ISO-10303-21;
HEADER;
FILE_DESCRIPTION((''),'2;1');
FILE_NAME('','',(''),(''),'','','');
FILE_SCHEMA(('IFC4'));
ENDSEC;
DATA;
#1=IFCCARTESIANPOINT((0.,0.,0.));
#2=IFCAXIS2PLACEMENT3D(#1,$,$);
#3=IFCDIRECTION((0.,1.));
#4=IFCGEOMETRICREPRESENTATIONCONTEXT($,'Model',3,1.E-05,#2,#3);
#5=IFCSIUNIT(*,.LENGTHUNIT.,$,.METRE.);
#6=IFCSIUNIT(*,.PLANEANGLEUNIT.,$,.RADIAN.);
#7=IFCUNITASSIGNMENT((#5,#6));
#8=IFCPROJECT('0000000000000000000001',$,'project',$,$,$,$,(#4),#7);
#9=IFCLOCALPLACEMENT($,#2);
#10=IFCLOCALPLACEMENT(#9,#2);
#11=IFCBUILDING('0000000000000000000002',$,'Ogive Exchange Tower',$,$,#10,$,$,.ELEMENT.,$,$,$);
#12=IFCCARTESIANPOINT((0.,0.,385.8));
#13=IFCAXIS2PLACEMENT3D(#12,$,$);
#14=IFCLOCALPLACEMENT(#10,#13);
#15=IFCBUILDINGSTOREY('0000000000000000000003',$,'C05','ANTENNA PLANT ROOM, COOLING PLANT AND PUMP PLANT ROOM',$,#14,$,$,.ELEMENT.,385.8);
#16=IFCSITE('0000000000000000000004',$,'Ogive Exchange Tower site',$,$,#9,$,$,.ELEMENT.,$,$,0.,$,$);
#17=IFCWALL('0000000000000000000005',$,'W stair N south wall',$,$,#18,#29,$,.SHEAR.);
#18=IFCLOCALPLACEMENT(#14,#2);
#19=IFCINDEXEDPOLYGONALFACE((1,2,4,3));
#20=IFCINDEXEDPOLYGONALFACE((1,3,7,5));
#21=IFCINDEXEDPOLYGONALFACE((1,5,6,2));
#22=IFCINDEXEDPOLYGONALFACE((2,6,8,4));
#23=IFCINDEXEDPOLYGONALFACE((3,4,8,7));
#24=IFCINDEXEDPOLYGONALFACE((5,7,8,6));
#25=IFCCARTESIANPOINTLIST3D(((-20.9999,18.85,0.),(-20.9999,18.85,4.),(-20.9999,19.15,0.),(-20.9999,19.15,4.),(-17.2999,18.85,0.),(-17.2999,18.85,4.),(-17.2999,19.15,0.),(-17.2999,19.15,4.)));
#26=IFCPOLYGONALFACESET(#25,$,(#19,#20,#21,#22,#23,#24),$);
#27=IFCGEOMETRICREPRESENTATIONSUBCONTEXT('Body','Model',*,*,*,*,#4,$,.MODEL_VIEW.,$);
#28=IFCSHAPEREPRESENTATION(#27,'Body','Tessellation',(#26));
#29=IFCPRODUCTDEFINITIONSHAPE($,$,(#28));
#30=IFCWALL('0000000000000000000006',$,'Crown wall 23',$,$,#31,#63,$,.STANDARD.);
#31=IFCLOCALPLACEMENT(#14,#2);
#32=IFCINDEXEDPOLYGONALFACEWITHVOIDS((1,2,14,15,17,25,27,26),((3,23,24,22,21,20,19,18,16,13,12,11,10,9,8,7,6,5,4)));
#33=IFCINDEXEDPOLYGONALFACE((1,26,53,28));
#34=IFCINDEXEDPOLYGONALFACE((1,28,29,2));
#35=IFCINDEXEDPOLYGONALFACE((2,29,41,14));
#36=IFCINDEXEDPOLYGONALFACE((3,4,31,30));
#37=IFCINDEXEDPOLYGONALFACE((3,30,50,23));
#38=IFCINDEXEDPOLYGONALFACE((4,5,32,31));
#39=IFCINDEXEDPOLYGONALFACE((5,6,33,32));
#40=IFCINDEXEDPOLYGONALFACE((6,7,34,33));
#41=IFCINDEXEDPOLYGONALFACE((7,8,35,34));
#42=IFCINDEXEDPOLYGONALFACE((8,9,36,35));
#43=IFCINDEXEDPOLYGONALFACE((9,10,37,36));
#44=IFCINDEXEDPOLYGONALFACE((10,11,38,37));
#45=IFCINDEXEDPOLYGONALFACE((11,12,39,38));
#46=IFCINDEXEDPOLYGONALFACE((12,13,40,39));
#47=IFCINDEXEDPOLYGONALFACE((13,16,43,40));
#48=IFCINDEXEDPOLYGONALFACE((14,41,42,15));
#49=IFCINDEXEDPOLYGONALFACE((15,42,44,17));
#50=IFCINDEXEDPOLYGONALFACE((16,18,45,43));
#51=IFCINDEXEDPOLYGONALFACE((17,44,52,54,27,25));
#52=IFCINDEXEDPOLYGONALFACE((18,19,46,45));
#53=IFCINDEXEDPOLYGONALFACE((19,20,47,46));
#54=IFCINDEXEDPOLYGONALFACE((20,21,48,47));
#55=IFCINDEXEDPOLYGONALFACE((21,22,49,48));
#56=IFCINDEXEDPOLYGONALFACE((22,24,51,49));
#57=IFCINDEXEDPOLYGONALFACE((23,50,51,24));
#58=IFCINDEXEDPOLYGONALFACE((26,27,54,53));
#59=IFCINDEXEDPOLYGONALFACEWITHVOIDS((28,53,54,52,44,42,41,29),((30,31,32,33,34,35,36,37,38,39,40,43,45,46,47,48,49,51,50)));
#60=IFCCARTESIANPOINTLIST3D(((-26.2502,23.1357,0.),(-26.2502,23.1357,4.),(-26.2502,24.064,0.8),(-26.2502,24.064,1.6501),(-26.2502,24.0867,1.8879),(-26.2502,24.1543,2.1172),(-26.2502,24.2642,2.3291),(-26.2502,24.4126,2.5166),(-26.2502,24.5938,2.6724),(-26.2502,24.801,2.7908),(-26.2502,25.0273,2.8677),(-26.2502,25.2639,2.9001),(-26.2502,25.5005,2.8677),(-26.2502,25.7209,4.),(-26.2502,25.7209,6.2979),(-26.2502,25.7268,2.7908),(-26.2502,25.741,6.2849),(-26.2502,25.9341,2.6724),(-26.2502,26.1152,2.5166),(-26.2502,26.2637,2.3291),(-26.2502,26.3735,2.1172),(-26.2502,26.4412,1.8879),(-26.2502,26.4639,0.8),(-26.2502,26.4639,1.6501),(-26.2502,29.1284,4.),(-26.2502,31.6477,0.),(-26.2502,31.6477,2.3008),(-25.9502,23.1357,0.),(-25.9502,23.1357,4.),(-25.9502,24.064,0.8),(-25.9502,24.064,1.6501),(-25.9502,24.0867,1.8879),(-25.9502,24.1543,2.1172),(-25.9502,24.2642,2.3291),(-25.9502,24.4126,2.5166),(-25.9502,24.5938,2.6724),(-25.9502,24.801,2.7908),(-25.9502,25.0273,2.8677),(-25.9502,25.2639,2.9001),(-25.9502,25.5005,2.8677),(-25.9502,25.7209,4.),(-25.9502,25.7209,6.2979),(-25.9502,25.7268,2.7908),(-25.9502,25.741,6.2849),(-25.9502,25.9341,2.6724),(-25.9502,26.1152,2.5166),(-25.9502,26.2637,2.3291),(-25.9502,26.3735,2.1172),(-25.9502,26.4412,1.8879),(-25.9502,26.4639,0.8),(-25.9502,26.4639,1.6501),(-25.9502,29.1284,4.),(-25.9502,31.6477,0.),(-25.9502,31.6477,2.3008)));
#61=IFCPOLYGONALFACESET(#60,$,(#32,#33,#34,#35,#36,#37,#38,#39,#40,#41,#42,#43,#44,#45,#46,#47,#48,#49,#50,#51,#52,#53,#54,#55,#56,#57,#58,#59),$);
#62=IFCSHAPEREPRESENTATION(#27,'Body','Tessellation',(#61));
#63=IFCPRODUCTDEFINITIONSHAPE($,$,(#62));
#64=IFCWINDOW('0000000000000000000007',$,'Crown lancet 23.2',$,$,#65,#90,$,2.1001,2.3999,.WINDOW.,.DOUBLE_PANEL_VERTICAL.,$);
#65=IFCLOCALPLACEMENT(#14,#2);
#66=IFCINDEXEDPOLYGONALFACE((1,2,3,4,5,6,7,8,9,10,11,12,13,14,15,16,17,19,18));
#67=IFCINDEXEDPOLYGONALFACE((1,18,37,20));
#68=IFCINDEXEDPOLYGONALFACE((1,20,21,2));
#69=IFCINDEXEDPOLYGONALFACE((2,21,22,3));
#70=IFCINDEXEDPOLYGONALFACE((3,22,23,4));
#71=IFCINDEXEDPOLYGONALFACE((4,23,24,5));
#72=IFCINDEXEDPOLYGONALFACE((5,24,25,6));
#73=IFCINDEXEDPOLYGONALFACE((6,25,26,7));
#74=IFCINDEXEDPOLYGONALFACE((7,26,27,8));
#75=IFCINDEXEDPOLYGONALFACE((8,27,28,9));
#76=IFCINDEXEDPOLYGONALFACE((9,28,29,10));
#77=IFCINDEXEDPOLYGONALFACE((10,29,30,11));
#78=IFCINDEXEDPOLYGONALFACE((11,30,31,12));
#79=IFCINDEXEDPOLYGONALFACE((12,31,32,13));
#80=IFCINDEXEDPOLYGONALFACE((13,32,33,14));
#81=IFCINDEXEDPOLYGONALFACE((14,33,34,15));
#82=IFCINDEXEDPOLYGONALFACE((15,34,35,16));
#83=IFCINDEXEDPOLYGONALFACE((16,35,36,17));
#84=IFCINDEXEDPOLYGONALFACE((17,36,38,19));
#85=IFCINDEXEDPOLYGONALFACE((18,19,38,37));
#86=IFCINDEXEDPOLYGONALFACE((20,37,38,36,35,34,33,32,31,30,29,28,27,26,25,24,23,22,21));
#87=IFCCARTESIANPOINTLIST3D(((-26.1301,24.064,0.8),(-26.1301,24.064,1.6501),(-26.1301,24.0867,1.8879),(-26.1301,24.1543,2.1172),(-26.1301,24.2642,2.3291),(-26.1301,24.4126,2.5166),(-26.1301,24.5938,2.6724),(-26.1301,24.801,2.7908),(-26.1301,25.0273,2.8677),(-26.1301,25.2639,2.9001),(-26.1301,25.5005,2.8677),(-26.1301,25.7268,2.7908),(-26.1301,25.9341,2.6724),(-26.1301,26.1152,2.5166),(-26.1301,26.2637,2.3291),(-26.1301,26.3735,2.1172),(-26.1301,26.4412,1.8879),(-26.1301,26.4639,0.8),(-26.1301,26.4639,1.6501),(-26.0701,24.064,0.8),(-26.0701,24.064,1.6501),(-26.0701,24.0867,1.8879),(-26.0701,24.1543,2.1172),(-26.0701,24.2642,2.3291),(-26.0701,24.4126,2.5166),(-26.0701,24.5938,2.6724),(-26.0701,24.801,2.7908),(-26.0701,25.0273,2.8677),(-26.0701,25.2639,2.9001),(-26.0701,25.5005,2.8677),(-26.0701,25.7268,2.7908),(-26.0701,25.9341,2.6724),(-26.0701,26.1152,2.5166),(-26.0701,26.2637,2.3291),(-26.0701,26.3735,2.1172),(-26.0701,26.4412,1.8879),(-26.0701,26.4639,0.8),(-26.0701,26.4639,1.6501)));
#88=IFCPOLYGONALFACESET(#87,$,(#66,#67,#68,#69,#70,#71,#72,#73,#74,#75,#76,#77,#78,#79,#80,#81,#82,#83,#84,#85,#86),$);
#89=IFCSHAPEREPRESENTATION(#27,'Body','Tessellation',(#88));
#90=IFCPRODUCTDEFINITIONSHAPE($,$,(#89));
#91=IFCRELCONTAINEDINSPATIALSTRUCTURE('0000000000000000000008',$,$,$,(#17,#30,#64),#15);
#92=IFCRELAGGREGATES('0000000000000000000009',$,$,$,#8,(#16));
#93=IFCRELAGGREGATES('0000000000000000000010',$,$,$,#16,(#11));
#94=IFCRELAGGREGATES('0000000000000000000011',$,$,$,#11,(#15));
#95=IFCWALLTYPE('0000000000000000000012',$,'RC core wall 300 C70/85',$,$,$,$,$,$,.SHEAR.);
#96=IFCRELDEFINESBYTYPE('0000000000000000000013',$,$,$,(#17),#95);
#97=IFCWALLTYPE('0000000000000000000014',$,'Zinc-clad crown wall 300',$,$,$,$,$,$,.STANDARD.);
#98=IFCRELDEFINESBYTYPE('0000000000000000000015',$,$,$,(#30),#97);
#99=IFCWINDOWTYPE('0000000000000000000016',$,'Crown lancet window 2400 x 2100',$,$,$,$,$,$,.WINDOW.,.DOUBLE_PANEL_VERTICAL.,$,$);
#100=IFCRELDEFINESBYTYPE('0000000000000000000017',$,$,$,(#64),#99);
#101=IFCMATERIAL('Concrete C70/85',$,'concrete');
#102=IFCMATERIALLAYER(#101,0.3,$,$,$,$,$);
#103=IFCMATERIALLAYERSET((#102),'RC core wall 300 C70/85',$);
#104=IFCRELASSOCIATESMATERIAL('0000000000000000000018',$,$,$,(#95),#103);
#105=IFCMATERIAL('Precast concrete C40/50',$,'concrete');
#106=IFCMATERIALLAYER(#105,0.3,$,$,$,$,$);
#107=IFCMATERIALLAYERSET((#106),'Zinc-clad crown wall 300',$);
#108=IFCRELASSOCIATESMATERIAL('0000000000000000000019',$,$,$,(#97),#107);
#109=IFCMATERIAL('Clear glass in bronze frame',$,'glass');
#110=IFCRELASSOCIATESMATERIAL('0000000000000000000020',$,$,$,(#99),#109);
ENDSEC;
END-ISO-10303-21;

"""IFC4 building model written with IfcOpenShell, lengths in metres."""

from ifc_helpers import new_model, si_unit, direction, frame, frame_2d, origin, place, context, subcontext, project, spatial, polyline, rectangle, outline, extrude, material, layer, layer_set, type_object, element, fill, save


model = new_model("IFC4")

# Units and contexts
model_context = context("Model", 3, precision=1e-05, world=origin(), true_north=direction((0.0, 1.0)))
body_context = subcontext(model_context, "Body", "Model", "MODEL_VIEW")
ifc_project = project(units=[si_unit("LENGTHUNIT", "METRE"), si_unit("PLANEANGLEUNIT", "RADIAN")], contexts=[model_context])

# Site, building, storey
site_placement = place(None, origin())
site = spatial("IfcSite", under=ifc_project, at=site_placement, Name="Ogive Exchange Tower site", CompositionType="ELEMENT", RefElevation=0.0)
building_placement = place(site_placement, origin())
building = spatial("IfcBuilding", under=site, at=building_placement, Name="Ogive Exchange Tower", CompositionType="ELEMENT")
storey_placement = place(building_placement, frame((0.0, 0.0, 385.8)))
storey = spatial("IfcBuildingStorey", under=building, at=storey_placement, Name="C05", Description="ANTENNA PLANT ROOM, COOLING PLANT AND PUMP PLANT ROOM", CompositionType="ELEMENT", Elevation=385.8)

# Shared definitions
ifc_material_1 = material(Name="Precast concrete C40/50", Category="concrete")

# Wall
ifc_material_2 = material(Name="Concrete C70/85", Category="concrete")
ifc_layer_1 = layer(ifc_material_2, 0.3)
ifc_layer_set_1 = layer_set([ifc_layer_1], Name="RC core wall 300 C70/85")
wall_type_1 = type_object("IfcWallType", Name="RC core wall 300 C70/85", PredefinedType="SHEAR", material=ifc_layer_set_1)
wall_1_placement = place(storey_placement, frame((-21.0, 19.0, 0.0), z_axis=(0.0, 0.0, 1.0), x_axis=(1.0, 0.0, 0.0)))
element("IfcWall", 1, at=wall_1_placement, inside=storey, type_object=wall_type_1, Name="W stair N south wall", PredefinedType="SHEAR", context=body_context, shape_type="SweptSolid", body=[
    extrude(rectangle(XDim=3.7, YDim=0.3, at=frame_2d((1.8501, 0.0))), origin(), (0.0, 0.0, 1.0), 4.0),
])

# Wall, opening, window
ifc_layer_2 = layer(ifc_material_1, 0.3)
ifc_layer_set_2 = layer_set([ifc_layer_2], Name="Zinc-clad crown wall 300")
wall_type_2 = type_object("IfcWallType", Name="Zinc-clad crown wall 300", PredefinedType="STANDARD", material=ifc_layer_set_2)
wall_2_placement = place(storey_placement, frame((-26.1001, 31.6477, 0.0), z_axis=(0.0, 0.0, 1.0), x_axis=(0.0, -1.0, 0.0)))
wall_2 = element("IfcWall", 2, at=wall_2_placement, inside=storey, type_object=wall_type_2, Name="Crown wall 23", PredefinedType="STANDARD", context=body_context, shape_type="SweptSolid", body=[
    extrude(outline(polyline([(0.0, 0.0), (8.512, 0.0), (8.512, 4.0), (5.9268, 4.0), (5.9268, 6.2979), (5.9067, 6.2849), (2.5193, 4.0), (0.0, 2.3008), (0.0, 0.0)])), frame((0.0, 0.1499, 0.0), z_axis=(0.0, -1.0, 0.0), x_axis=(1.0, 0.0, 0.0)), (0.0, 0.0, 1.0), 0.3),
])
opening_1_placement = place(wall_2_placement, frame((5.1838, 0.0, 0.8)))
opening_1 = element("IfcOpeningElement", 3, at=opening_1_placement, cuts=wall_2, PredefinedType="OPENING", context=body_context, shape_type="SweptSolid", body=[
    extrude(outline(polyline([(0.0, 0.0), (2.3999, 0.0), (2.3999, 0.8501), (2.3772, 1.0879), (2.3096, 1.3171), (2.1997, 1.5291), (2.0513, 1.7166), (1.8701, 1.8723), (1.6628, 1.9907), (1.4365, 2.0676), (1.2, 2.1001), (0.9634, 2.0676), (0.7371, 1.9907), (0.5298, 1.8723), (0.3486, 1.7166), (0.2002, 1.5291), (0.0903, 1.3171), (0.0227, 1.0879), (0.0, 0.8501), (0.0, 0.0)])), frame((0.0, 0.1599, 0.0), z_axis=(0.0, -1.0, 0.0), x_axis=(1.0, 0.0, 0.0)), (0.0, 0.0, 1.0), 0.3201),
])
ifc_material_3 = material(Name="Clear glass in bronze frame", Category="glass")
window_type_1 = type_object("IfcWindowType", Name="Crown lancet window 2400 x 2100", PartitioningType="DOUBLE_PANEL_VERTICAL", PredefinedType="WINDOW", material=ifc_material_3)
window_1_placement = place(opening_1_placement, origin())
window_1 = element("IfcWindow", 4, at=window_1_placement, inside=storey, type_object=window_type_1, Name="Crown lancet 23.2", OverallHeight=2.1001, OverallWidth=2.3999, PartitioningType="DOUBLE_PANEL_VERTICAL", PredefinedType="WINDOW", context=body_context, shape_type="SweptSolid", body=[
    extrude(outline(polyline([(0.0, 0.0), (2.3999, 0.0), (2.3999, 0.8501), (2.3772, 1.0879), (2.3096, 1.3171), (2.1997, 1.5291), (2.0513, 1.7166), (1.8701, 1.8723), (1.6628, 1.9907), (1.4365, 2.0676), (1.2, 2.1001), (0.9634, 2.0676), (0.7371, 1.9907), (0.5298, 1.8723), (0.3486, 1.7166), (0.2002, 1.5291), (0.0903, 1.3171), (0.0227, 1.0879), (0.0, 0.8501), (0.0, 0.0)])), frame((0.0, 0.03, 0.0), z_axis=(0.0, -1.0, 0.0), x_axis=(1.0, 0.0, 0.0)), (0.0, 0.0, 1.0), 0.0601),
])
fill(opening_1, window_1)

save(model, "model.ifc")
